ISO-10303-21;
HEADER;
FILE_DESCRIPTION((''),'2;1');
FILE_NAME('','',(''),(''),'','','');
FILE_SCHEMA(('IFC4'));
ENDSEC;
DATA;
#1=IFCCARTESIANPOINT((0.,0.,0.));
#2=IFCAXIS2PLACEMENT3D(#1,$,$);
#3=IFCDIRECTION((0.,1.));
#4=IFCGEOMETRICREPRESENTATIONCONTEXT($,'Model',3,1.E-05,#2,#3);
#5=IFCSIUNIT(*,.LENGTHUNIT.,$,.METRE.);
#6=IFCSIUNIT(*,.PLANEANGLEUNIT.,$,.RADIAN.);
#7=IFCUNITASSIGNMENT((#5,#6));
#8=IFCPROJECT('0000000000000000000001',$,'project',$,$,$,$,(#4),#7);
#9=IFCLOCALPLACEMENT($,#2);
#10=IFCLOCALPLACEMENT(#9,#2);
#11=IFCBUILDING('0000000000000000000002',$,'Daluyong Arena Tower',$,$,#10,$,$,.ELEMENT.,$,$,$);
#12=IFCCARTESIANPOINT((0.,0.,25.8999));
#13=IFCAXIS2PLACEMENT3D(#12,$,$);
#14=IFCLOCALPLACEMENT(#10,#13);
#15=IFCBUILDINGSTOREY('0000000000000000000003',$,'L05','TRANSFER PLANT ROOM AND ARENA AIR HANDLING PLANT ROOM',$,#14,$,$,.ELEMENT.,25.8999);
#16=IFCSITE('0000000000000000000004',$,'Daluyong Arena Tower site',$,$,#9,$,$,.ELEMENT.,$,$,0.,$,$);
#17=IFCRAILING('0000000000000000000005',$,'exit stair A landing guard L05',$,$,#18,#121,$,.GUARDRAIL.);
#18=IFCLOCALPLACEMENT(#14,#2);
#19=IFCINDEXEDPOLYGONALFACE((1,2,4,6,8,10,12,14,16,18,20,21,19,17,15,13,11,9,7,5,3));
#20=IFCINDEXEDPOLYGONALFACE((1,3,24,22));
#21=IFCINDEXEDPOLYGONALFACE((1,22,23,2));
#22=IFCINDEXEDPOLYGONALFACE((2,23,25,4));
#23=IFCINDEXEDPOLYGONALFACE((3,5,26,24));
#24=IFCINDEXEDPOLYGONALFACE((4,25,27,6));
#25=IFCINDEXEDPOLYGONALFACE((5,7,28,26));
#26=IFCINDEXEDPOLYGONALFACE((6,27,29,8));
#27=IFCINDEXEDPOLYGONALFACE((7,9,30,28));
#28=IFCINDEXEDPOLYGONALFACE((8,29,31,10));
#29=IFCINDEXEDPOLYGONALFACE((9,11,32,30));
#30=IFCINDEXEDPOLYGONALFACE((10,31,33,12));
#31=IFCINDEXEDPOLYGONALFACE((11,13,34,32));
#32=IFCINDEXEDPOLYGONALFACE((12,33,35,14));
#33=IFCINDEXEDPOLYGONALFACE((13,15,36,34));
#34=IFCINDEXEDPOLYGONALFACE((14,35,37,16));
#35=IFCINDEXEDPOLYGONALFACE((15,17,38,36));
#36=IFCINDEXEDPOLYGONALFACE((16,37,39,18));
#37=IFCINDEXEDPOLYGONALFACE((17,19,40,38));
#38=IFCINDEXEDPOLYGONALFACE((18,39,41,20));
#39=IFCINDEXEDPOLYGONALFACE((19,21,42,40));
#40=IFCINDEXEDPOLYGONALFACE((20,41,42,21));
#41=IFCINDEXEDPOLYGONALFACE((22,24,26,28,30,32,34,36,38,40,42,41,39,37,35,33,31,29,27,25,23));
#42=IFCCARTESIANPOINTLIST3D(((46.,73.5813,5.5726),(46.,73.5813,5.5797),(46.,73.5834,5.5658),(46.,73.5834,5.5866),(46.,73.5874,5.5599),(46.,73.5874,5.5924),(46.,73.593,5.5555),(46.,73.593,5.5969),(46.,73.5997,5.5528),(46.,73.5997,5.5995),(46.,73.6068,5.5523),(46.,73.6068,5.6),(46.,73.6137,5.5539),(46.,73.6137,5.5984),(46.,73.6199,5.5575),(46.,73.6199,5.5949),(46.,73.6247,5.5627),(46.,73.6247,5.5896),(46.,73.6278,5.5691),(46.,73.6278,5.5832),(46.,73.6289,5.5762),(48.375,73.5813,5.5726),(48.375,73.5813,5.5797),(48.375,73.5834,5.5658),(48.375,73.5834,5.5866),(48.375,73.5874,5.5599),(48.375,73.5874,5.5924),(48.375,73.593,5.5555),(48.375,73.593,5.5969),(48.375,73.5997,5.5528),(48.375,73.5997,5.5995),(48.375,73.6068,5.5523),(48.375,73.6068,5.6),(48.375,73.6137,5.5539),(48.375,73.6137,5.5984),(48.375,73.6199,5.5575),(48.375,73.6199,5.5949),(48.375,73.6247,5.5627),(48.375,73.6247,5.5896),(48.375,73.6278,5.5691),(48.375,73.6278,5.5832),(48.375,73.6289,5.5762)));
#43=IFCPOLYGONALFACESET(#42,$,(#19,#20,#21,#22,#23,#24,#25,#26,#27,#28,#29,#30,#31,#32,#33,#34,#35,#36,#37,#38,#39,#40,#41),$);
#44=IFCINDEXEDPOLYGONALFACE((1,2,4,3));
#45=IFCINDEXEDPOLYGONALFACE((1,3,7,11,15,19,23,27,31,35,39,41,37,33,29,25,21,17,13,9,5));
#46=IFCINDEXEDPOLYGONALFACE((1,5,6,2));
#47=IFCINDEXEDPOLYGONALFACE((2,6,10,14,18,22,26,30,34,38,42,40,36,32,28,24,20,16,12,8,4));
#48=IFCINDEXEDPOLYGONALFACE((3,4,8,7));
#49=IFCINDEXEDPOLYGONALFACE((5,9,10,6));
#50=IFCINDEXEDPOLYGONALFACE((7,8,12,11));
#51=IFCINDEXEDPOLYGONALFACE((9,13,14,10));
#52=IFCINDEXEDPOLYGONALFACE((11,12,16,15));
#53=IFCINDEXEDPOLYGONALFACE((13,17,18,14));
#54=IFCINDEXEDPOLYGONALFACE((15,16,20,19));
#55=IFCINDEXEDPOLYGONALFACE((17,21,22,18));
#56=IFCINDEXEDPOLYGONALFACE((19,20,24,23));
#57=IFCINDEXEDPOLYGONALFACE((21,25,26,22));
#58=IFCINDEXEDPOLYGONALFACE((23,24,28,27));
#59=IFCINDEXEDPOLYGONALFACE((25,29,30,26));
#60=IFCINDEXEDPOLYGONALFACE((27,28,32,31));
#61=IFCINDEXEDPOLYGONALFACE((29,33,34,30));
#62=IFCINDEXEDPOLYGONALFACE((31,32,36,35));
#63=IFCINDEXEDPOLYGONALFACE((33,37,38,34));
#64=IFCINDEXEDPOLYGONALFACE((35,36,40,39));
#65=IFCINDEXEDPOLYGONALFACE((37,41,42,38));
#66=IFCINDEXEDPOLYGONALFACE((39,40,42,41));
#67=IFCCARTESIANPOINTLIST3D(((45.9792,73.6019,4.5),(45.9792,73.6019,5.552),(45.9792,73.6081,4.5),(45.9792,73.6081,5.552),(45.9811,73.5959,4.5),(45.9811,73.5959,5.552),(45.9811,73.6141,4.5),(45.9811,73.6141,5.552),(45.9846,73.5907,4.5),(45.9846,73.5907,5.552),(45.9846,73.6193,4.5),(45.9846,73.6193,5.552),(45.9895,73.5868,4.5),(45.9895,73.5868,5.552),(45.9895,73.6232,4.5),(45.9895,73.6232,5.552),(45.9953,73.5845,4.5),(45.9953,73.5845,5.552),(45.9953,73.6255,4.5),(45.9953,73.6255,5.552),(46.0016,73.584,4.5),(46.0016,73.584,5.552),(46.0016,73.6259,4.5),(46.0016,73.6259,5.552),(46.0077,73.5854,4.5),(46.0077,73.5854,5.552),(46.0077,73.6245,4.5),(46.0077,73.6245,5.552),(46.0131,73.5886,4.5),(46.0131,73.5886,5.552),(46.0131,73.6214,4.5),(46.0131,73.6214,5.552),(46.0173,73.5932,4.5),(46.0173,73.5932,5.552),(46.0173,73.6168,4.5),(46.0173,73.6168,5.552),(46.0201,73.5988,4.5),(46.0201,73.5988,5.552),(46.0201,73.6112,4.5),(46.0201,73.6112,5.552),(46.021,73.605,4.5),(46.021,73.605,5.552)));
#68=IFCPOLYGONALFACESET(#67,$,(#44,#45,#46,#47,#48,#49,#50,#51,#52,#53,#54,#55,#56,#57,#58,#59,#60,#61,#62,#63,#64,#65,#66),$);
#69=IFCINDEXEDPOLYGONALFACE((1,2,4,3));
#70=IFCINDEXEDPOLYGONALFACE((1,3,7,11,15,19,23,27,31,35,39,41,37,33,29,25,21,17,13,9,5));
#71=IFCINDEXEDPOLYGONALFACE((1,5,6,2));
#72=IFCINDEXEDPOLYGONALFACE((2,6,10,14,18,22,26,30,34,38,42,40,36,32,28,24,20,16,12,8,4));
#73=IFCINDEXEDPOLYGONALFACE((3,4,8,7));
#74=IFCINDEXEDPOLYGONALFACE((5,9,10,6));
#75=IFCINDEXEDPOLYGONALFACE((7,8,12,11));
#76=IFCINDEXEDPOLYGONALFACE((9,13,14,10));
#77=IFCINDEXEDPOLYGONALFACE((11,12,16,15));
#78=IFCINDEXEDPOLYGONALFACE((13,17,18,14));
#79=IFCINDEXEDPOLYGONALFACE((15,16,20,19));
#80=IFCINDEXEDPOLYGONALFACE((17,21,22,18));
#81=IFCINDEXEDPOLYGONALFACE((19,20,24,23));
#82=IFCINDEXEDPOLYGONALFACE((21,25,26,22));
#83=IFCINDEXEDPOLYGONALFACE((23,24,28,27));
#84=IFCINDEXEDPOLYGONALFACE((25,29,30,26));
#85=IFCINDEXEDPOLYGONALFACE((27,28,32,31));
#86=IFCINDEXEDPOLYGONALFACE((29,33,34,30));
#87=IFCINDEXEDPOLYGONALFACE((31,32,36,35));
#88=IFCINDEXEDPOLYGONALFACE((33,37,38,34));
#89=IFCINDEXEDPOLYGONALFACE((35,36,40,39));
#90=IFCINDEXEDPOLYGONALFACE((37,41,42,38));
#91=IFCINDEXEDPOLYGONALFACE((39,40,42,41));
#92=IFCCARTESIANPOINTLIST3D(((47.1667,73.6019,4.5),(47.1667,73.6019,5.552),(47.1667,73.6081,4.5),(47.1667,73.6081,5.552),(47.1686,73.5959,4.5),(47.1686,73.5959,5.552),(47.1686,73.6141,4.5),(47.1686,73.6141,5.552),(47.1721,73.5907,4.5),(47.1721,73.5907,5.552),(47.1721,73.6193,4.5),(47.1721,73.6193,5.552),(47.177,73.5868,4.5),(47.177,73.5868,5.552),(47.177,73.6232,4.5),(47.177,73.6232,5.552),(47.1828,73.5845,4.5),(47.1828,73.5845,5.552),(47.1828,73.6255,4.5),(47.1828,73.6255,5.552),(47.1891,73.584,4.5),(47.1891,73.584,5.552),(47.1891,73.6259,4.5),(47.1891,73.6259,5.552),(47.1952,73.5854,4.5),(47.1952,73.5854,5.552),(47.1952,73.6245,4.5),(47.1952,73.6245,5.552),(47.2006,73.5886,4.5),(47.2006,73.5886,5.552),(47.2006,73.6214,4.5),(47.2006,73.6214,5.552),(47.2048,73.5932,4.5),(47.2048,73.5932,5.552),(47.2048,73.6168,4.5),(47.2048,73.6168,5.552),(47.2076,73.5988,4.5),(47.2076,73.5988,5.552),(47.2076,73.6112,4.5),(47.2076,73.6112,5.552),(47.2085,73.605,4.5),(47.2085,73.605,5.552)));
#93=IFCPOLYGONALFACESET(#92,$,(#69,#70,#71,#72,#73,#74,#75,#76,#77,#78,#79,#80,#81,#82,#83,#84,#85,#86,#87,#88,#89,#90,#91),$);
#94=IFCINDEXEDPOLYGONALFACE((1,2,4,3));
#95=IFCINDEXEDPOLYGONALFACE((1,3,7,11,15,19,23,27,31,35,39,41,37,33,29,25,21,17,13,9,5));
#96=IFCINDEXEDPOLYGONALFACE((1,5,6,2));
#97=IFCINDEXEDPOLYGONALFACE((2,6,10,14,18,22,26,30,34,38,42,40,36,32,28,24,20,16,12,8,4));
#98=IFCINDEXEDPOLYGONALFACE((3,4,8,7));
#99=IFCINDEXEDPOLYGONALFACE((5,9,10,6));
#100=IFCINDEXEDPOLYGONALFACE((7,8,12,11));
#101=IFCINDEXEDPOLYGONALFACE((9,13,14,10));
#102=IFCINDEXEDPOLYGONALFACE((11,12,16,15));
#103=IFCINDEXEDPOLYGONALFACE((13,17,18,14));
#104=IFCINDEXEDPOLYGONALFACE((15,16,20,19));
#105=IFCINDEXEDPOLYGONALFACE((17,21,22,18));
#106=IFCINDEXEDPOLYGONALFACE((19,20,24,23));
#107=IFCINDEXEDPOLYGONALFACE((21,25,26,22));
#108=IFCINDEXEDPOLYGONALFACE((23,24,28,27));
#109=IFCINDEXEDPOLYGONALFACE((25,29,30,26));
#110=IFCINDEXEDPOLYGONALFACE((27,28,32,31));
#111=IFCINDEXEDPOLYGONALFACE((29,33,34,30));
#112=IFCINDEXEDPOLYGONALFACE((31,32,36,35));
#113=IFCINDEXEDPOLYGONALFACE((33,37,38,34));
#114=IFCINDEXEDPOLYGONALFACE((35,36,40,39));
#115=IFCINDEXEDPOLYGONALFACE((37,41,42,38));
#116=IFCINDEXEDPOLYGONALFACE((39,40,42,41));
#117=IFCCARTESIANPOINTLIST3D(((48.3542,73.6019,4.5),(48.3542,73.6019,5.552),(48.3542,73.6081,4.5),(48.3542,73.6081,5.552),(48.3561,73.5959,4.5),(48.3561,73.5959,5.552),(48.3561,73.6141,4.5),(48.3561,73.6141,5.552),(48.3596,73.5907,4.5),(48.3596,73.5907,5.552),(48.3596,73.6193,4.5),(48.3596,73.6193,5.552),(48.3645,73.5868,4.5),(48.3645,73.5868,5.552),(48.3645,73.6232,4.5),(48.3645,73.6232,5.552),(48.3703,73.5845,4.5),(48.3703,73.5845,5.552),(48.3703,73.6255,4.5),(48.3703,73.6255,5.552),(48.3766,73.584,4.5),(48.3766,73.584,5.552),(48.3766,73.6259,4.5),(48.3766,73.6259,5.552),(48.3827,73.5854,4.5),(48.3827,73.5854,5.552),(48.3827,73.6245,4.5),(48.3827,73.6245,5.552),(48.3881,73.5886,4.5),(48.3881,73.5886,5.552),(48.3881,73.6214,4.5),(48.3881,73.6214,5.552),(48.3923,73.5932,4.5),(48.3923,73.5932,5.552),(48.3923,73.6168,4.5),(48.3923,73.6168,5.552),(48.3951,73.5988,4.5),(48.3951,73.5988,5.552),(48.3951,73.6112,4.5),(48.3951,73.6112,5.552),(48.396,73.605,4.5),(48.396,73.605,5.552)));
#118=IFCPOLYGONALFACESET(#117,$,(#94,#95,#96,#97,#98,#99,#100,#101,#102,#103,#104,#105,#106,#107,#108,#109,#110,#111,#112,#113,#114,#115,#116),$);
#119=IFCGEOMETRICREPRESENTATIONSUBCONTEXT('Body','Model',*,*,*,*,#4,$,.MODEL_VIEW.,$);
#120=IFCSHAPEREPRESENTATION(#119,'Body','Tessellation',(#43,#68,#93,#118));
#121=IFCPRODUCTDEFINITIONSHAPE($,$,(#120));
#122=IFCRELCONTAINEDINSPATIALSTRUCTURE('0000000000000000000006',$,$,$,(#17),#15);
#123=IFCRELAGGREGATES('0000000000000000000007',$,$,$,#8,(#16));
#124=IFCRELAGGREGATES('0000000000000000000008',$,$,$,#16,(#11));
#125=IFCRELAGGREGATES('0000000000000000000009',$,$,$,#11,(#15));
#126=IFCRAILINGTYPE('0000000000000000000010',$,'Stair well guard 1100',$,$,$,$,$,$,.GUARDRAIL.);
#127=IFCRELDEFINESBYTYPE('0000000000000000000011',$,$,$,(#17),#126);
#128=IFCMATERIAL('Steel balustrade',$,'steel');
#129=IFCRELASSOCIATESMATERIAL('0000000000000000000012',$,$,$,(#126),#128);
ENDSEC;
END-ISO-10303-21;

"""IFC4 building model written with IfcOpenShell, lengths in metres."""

from ifc_helpers import new_model, si_unit, direction, frame, origin, origin_2d, place, context, subcontext, project, spatial, circle, extrude, material, type_object, element, save


model = new_model("IFC4")

# Units and contexts
model_context = context("Model", 3, precision=1e-05, world=origin(), true_north=direction((0.0, 1.0)))
body_context = subcontext(model_context, "Body", "Model", "MODEL_VIEW")
ifc_project = project(units=[si_unit("LENGTHUNIT", "METRE"), si_unit("PLANEANGLEUNIT", "RADIAN")], contexts=[model_context])

# Site, building, storey
site_placement = place(None, origin())
site = spatial("IfcSite", under=ifc_project, at=site_placement, Name="Daluyong Arena Tower site", CompositionType="ELEMENT", RefElevation=0.0)
building_placement = place(site_placement, origin())
building = spatial("IfcBuilding", under=site, at=building_placement, Name="Daluyong Arena Tower", CompositionType="ELEMENT")
storey_placement = place(building_placement, frame((0.0, 0.0, 25.8999)))
storey = spatial("IfcBuildingStorey", under=building, at=storey_placement, Name="L05", Description="TRANSFER PLANT ROOM AND ARENA AIR HANDLING PLANT ROOM", CompositionType="ELEMENT", Elevation=25.8999)

# Railing
ifc_material_1 = material(Name="Steel balustrade", Category="steel")
railing_type_1 = type_object("IfcRailingType", Name="Stair well guard 1100", PredefinedType="GUARDRAIL", material=ifc_material_1)
railing_placement = place(storey_placement, frame((46.0, 73.605, 4.5)))
element("IfcRailing", 1, at=railing_placement, inside=storey, type_object=railing_type_1, Name="exit stair A landing guard L05", PredefinedType="GUARDRAIL", context=body_context, shape_type="SweptSolid", body=[
    extrude(circle(Radius=0.0239, at=origin_2d()), frame((0.0, 0.0, 1.0762), z_axis=(1.0, 0.0, 0.0), x_axis=(0.0, 1.0, 0.0)), (0.0, 0.0, 1.0), 2.375),
    extrude(circle(Radius=0.021, at=origin_2d()), origin(), (0.0, 0.0, 1.0), 1.052),
    extrude(circle(Radius=0.021, at=origin_2d()), frame((1.1875, 0.0, 0.0)), (0.0, 0.0, 1.0), 1.052),
    extrude(circle(Radius=0.021, at=origin_2d()), frame((2.375, 0.0, 0.0)), (0.0, 0.0, 1.0), 1.052),
])

save(model, "model.ifc")
